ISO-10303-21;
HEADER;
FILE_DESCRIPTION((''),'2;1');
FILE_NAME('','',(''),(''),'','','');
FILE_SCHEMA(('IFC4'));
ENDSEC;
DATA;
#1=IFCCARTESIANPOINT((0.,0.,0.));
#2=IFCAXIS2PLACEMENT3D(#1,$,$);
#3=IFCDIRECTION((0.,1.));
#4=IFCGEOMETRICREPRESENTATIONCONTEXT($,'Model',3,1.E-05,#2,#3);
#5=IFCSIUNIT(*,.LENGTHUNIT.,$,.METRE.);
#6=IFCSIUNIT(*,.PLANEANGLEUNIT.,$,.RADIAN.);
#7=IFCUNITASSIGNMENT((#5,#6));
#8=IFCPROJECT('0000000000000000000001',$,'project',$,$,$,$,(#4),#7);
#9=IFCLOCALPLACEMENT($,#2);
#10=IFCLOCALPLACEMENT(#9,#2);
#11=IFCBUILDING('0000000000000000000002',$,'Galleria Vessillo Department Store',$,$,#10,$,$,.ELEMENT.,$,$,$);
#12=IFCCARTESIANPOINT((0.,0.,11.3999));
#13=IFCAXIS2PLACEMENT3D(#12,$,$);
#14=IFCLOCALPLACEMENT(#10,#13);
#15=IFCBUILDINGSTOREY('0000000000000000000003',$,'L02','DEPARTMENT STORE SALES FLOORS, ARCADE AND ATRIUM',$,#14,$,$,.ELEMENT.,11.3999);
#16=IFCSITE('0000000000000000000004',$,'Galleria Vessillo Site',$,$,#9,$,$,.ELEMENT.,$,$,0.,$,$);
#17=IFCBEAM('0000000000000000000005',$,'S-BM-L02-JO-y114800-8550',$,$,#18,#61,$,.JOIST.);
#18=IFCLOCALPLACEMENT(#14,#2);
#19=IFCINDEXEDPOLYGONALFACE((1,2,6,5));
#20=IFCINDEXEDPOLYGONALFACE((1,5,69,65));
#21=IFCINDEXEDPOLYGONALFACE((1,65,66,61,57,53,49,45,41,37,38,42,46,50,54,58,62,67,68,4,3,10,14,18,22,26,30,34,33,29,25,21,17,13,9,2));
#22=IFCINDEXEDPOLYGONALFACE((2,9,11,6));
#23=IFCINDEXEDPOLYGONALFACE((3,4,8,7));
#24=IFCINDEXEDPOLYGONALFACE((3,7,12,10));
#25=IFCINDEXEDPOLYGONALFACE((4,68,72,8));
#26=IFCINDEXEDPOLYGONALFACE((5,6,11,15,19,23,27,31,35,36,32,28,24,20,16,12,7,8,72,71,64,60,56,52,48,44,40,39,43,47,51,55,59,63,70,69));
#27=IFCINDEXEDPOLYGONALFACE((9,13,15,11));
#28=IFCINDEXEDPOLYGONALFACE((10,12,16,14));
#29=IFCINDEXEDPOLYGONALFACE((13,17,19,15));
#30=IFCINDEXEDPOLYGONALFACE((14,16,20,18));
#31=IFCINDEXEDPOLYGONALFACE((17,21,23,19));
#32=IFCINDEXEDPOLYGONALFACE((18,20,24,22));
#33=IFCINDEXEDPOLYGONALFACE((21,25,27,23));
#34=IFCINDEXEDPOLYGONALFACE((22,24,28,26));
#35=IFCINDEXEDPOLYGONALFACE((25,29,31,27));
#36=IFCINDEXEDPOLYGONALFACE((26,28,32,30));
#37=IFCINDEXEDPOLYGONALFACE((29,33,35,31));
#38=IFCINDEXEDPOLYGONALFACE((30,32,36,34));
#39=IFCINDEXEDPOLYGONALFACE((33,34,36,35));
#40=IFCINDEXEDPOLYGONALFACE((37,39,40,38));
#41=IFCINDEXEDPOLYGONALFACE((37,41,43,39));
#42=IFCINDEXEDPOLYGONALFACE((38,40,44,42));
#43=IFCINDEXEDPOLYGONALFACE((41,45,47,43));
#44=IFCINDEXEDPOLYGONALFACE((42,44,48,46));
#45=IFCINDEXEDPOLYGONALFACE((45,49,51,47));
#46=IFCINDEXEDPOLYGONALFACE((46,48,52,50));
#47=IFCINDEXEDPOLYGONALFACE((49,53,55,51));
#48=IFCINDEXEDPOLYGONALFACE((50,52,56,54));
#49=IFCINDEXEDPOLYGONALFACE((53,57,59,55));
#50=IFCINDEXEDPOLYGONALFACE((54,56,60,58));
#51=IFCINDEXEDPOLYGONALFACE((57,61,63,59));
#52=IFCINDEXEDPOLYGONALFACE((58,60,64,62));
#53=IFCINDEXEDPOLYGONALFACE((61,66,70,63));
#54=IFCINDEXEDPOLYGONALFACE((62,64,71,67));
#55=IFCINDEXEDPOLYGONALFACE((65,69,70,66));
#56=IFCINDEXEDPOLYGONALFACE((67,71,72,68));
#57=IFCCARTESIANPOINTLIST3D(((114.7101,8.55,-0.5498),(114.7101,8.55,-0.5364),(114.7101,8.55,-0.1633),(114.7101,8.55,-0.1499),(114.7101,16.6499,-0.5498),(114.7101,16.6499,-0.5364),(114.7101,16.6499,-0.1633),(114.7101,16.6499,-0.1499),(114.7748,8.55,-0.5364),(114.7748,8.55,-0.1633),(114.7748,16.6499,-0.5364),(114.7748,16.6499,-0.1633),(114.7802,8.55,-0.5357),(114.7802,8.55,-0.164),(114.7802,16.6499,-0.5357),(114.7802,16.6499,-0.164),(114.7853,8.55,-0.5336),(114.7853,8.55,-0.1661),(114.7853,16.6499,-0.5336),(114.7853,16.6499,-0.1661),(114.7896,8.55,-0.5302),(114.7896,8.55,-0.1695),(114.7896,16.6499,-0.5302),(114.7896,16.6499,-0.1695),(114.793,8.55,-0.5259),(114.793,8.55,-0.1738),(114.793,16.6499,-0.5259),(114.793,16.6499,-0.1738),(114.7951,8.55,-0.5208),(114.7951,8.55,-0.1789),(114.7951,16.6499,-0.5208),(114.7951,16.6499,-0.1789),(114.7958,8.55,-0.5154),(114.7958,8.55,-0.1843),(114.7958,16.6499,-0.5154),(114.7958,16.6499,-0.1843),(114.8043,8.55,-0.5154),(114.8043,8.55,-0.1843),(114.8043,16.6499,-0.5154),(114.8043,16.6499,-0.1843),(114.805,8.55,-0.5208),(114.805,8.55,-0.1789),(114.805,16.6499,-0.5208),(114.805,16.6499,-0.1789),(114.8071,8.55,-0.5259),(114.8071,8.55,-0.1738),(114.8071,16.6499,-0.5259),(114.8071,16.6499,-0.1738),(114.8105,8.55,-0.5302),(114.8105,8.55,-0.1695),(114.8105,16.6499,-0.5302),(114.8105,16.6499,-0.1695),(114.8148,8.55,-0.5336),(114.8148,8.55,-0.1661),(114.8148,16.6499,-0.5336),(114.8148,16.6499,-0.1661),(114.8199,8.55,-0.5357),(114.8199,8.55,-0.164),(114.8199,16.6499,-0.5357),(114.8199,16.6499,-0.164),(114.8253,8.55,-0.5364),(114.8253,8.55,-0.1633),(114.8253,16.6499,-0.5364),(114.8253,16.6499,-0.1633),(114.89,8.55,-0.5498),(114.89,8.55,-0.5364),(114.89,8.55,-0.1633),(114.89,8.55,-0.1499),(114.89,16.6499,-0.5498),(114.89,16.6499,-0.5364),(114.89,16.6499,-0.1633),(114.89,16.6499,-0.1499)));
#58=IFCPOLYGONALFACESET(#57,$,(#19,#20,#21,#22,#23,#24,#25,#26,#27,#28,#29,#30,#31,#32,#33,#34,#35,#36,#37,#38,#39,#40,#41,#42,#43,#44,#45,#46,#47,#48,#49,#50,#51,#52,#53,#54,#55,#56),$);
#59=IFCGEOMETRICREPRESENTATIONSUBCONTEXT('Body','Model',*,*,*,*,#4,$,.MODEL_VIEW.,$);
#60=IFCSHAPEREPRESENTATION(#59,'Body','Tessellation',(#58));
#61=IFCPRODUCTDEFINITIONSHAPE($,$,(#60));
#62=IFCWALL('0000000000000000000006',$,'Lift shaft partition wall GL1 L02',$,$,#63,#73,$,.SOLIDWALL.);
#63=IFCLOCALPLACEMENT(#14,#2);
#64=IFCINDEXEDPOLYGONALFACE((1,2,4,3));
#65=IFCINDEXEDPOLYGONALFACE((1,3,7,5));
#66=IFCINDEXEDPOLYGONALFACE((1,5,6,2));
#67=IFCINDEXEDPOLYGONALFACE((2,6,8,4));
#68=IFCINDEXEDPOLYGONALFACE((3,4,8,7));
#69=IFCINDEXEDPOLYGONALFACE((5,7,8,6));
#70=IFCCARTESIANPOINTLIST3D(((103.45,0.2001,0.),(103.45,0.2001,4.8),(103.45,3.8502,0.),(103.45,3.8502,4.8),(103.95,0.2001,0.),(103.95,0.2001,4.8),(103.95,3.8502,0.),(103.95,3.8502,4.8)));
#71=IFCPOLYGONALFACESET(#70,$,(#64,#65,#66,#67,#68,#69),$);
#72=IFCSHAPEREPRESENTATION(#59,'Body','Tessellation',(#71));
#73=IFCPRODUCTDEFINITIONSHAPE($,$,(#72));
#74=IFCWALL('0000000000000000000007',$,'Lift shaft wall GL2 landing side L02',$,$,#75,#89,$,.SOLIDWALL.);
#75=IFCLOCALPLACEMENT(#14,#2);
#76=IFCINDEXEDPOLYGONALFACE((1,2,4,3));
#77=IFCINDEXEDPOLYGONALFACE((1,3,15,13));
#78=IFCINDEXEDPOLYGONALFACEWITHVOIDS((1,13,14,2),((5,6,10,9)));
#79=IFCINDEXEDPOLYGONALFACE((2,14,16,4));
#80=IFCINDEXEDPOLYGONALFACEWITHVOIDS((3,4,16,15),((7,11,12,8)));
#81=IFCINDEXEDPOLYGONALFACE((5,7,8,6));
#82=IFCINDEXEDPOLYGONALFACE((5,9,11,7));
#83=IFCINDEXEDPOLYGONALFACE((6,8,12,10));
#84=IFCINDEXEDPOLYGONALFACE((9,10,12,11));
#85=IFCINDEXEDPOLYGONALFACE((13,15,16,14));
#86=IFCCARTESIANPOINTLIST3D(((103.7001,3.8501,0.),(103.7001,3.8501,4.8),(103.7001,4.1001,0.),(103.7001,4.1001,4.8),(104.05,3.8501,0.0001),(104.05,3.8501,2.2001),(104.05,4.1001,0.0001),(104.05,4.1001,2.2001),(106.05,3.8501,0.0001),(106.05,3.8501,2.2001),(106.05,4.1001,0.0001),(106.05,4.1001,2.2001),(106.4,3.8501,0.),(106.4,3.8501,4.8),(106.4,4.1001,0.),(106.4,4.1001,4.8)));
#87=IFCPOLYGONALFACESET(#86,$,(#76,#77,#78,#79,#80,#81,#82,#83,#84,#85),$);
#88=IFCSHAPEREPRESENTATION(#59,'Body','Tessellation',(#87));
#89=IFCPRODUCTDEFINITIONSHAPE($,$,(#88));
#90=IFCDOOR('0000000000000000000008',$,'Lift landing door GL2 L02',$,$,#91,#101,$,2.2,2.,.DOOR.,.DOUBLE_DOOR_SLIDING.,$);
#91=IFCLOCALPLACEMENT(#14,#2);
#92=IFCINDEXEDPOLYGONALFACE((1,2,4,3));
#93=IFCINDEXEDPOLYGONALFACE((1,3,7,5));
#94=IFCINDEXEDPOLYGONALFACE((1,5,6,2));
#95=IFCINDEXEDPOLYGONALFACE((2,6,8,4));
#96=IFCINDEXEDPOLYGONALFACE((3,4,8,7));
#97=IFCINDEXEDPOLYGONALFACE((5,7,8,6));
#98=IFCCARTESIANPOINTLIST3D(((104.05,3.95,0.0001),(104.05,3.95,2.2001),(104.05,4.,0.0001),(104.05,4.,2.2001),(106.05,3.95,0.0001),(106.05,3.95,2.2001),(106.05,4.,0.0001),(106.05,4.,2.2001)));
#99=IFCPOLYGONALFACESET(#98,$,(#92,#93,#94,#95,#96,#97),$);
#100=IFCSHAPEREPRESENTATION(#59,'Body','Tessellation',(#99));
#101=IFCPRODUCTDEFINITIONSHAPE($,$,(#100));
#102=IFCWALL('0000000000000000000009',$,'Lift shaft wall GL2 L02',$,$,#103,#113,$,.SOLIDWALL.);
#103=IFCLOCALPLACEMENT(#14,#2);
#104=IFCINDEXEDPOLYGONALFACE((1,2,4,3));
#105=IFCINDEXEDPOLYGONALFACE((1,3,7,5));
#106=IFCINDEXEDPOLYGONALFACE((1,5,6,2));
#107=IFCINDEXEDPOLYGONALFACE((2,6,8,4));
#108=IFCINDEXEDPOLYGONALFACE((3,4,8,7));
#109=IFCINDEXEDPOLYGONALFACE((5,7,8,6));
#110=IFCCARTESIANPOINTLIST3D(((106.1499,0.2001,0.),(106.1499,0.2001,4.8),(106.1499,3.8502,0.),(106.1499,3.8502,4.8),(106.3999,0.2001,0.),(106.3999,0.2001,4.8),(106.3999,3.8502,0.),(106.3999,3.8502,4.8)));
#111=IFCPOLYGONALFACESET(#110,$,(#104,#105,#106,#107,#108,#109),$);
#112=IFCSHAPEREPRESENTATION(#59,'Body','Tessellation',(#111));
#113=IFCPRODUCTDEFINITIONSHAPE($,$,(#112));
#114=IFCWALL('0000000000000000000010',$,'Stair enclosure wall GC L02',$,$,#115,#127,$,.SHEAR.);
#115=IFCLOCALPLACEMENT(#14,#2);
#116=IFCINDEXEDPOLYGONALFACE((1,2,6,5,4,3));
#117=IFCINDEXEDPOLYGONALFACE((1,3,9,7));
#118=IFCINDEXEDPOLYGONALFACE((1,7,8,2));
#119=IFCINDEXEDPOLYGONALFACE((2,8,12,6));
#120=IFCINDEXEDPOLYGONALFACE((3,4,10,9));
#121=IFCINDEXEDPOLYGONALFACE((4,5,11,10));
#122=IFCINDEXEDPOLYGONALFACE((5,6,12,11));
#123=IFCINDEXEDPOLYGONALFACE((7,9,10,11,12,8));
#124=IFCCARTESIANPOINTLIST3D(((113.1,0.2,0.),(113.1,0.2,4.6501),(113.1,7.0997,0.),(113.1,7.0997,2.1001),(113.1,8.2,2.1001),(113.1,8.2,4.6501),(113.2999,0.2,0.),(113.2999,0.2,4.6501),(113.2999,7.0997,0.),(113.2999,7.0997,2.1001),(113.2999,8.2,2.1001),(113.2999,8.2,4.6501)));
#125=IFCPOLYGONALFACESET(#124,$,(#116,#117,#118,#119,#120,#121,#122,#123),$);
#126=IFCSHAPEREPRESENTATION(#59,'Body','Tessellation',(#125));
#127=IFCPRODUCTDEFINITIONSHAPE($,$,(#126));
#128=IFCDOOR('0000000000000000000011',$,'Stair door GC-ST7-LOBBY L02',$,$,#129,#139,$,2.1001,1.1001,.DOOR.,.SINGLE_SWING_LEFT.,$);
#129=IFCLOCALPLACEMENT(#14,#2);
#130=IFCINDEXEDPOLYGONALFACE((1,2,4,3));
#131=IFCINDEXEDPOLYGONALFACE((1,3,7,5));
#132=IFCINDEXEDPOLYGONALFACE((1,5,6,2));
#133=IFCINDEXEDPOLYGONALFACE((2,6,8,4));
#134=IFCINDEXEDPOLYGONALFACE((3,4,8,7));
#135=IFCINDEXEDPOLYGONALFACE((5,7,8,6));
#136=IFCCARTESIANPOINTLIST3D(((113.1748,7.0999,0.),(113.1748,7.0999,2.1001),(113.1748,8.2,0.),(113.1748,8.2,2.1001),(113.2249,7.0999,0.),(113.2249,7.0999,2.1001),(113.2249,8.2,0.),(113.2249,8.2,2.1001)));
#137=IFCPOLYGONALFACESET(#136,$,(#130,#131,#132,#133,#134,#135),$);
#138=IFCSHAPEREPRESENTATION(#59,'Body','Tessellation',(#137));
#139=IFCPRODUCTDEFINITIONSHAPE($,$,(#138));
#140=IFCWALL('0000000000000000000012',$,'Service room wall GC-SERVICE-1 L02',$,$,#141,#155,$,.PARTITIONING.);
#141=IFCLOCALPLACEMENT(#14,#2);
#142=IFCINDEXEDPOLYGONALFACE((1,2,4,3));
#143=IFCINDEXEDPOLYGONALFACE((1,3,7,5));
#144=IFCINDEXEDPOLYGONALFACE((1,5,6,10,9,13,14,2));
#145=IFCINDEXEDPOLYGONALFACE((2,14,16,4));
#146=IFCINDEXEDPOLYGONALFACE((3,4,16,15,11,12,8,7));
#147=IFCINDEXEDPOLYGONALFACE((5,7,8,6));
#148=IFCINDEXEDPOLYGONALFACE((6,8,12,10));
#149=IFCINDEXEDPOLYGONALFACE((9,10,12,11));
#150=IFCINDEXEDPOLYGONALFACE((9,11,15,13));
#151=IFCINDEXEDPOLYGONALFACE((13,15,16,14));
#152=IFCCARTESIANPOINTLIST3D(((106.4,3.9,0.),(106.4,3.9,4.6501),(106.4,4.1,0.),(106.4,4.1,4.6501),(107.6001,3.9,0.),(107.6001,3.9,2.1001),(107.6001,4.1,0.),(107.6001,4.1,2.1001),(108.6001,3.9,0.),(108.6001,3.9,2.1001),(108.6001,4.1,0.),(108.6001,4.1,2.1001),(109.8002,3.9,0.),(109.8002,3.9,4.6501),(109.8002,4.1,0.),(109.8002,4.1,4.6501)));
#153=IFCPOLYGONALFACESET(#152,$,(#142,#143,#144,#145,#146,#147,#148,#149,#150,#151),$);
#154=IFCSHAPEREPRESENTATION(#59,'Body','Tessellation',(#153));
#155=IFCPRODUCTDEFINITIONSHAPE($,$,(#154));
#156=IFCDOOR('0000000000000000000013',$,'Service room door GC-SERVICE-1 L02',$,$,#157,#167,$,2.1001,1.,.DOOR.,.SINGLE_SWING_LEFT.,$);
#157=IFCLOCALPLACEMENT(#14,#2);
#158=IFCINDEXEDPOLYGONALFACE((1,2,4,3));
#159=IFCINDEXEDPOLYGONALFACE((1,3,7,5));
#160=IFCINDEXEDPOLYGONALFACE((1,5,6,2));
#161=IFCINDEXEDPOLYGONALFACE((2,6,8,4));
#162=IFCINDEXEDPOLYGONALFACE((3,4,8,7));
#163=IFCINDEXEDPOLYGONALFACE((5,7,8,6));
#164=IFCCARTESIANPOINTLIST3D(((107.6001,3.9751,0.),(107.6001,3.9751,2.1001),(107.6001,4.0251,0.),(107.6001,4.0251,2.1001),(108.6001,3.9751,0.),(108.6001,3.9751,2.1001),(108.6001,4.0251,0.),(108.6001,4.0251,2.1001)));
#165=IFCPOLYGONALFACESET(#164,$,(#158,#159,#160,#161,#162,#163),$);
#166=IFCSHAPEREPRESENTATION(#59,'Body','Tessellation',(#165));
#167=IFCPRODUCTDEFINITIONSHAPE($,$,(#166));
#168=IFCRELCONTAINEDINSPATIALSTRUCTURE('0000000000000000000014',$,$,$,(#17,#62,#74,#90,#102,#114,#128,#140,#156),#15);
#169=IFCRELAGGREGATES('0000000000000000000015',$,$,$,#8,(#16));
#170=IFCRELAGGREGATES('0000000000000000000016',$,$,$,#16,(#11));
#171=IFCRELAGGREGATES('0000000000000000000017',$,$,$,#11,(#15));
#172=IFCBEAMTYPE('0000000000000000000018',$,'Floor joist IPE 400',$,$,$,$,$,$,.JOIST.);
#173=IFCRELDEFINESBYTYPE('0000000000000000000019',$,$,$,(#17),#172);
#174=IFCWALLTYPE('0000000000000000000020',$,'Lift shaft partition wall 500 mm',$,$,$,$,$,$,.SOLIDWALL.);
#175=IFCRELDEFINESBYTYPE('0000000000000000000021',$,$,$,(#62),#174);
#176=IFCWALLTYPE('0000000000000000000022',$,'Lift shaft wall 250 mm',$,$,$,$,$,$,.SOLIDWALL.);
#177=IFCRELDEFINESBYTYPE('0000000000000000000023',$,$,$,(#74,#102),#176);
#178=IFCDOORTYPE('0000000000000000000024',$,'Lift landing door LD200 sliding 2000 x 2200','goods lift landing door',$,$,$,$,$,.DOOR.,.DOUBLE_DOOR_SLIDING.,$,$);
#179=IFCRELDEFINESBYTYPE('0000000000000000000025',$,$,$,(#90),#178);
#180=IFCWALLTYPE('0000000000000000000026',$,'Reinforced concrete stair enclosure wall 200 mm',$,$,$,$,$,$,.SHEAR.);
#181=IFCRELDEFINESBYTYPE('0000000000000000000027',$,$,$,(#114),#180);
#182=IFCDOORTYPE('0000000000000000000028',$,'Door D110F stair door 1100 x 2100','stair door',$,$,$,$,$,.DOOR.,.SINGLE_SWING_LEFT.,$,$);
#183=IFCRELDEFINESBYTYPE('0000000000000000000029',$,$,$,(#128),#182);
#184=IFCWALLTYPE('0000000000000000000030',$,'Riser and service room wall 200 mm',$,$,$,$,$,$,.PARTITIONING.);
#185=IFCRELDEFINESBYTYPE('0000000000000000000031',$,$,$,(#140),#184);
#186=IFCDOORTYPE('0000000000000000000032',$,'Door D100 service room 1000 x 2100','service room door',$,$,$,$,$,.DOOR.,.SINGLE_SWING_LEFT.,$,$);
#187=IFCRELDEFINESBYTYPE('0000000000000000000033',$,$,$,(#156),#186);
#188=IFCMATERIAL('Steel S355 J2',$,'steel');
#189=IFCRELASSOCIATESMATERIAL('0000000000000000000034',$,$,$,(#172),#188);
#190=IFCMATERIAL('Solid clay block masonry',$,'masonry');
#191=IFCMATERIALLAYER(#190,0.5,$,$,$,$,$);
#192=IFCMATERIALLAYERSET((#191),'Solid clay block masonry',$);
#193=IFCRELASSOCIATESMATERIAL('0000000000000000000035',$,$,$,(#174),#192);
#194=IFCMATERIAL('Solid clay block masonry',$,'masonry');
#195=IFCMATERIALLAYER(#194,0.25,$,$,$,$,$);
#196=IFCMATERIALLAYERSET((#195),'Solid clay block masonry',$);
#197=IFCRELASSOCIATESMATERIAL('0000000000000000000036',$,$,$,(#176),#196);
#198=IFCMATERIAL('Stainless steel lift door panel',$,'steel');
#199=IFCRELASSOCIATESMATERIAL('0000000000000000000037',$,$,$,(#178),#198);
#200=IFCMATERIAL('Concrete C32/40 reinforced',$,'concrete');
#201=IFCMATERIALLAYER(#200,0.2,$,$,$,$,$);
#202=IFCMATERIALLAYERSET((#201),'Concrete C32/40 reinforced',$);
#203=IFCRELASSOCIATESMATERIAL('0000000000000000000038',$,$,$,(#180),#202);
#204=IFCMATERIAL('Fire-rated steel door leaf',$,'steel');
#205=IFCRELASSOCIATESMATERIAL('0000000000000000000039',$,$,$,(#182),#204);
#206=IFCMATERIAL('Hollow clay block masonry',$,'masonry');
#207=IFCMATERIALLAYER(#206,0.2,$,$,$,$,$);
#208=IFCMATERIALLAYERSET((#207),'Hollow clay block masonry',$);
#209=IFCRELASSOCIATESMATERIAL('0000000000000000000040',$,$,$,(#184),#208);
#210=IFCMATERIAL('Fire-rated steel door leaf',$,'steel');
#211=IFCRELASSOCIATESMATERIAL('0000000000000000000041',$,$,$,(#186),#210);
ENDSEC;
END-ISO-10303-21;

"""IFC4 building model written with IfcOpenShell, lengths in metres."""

from ifc_helpers import new_model, si_unit, direction, frame, frame_2d, origin, origin_2d, place, context, subcontext, project, spatial, rectangle, i_section, extrude, material, layer, layer_set, material_profile, profile_set, type_object, element, fill, save


model = new_model("IFC4")

# Units and contexts
model_context = context("Model", 3, precision=1e-05, world=origin(), true_north=direction((0.0, 1.0)))
body_context = subcontext(model_context, "Body", "Model", "MODEL_VIEW")
ifc_project = project(units=[si_unit("LENGTHUNIT", "METRE"), si_unit("PLANEANGLEUNIT", "RADIAN")], contexts=[model_context])

# Site, building, storey
site_placement = place(None, origin())
site = spatial("IfcSite", under=ifc_project, at=site_placement, Name="Galleria Vessillo Site", CompositionType="ELEMENT", RefElevation=0.0)
building_placement = place(site_placement, origin())
building = spatial("IfcBuilding", under=site, at=building_placement, Name="Galleria Vessillo Department Store", CompositionType="ELEMENT")
storey_placement = place(building_placement, frame((0.0, 0.0, 11.3999)))
storey = spatial("IfcBuildingStorey", under=building, at=storey_placement, Name="L02", Description="DEPARTMENT STORE SALES FLOORS, ARCADE AND ATRIUM", CompositionType="ELEMENT", Elevation=11.3999)

# Beam
ifc_material_1 = material(Name="Steel S355 J2", Category="steel")
ifc_material_profile_1 = material_profile(ifc_material_1, i_section(OverallWidth=0.1799, OverallDepth=0.3999, WebThickness=0.0085, FlangeThickness=0.0134, FilletRadius=0.021, at=origin_2d()), Name="IPE 400")
ifc_profile_set_1 = profile_set([ifc_material_profile_1], Name="Steel S355 J2")
beam_type = type_object("IfcBeamType", Name="Floor joist IPE 400", PredefinedType="JOIST", material=ifc_profile_set_1)
beam_placement = place(storey_placement, frame((114.8, 8.55, -0.3499), z_axis=(0.0, 1.0, 0.0), x_axis=(-1.0, 0.0, 0.0)))
element("IfcBeam", 1, at=beam_placement, inside=storey, type_object=beam_type, Name="S-BM-L02-JO-y114800-8550", PredefinedType="JOIST", context=body_context, shape_type="SweptSolid", body=[
    extrude(i_section(OverallWidth=0.1799, OverallDepth=0.3999, WebThickness=0.0085, FlangeThickness=0.0134, FilletRadius=0.021, at=origin_2d()), origin(), (0.0, 0.0, 1.0), 8.0999),
])

# Wall
ifc_material_2 = material(Name="Solid clay block masonry", Category="masonry")
ifc_layer_1 = layer(ifc_material_2, 0.5)
ifc_layer_set_1 = layer_set([ifc_layer_1], Name="Solid clay block masonry")
wall_type_1 = type_object("IfcWallType", Name="Lift shaft partition wall 500 mm", PredefinedType="SOLIDWALL", material=ifc_layer_set_1)
wall_1_placement = place(storey_placement, frame((103.7, 0.2, 0.0), z_axis=(0.0, 0.0, 1.0), x_axis=(0.0, 1.0, 0.0)))
element("IfcWall", 2, at=wall_1_placement, inside=storey, type_object=wall_type_1, Name="Lift shaft partition wall GL1 L02", PredefinedType="SOLIDWALL", context=body_context, shape_type="SweptSolid", body=[
    extrude(rectangle(XDim=3.6501, YDim=0.5, at=frame_2d((1.8252, 0.0))), origin(), (0.0, 0.0, 1.0), 4.8),
])

# Wall, opening, door
ifc_material_3 = material(Name="Solid clay block masonry", Category="masonry")
ifc_layer_2 = layer(ifc_material_3, 0.25)
ifc_layer_set_2 = layer_set([ifc_layer_2], Name="Solid clay block masonry")
wall_type_2 = type_object("IfcWallType", Name="Lift shaft wall 250 mm", PredefinedType="SOLIDWALL", material=ifc_layer_set_2)
wall_2_placement = place(storey_placement, frame((103.7, 3.9751, 0.0), z_axis=(0.0, 0.0, 1.0), x_axis=(1.0, 0.0, 0.0)))
wall_2 = element("IfcWall", 3, at=wall_2_placement, inside=storey, type_object=wall_type_2, Name="Lift shaft wall GL2 landing side L02", PredefinedType="SOLIDWALL", context=body_context, shape_type="SweptSolid", body=[
    extrude(rectangle(XDim=2.7, YDim=0.25, at=frame_2d((1.3501, 0.0))), origin(), (0.0, 0.0, 1.0), 4.8),
])
opening_1_placement = place(wall_2_placement, frame((0.3501, 0.0, 0.0)))
opening_1 = element("IfcOpeningElement", 4, at=opening_1_placement, cuts=wall_2, PredefinedType="OPENING", context=body_context, shape_type="SweptSolid", body=[
    extrude(rectangle(XDim=2.0, YDim=2.2, at=frame_2d((1.0, 1.1001))), frame((0.0, 0.135, 0.0), z_axis=(0.0, -1.0, 0.0), x_axis=(1.0, 0.0, 0.0)), (0.0, 0.0, 1.0), 0.27),
])
ifc_material_4 = material(Name="Stainless steel lift door panel", Category="steel")
door_type_1 = type_object("IfcDoorType", Name="Lift landing door LD200 sliding 2000 x 2200", Description="goods lift landing door", OperationType="DOUBLE_DOOR_SLIDING", PredefinedType="DOOR", material=ifc_material_4)
door_1_placement = place(opening_1_placement, origin())
door_1 = element("IfcDoor", 5, at=door_1_placement, inside=storey, type_object=door_type_1, Name="Lift landing door GL2 L02", OperationType="DOUBLE_DOOR_SLIDING", OverallHeight=2.2, OverallWidth=2.0, PredefinedType="DOOR", context=body_context, shape_type="SweptSolid", body=[
    extrude(rectangle(XDim=2.0, YDim=2.2, at=frame_2d((1.0, 1.1001))), frame((0.0, 0.0249, 0.0), z_axis=(0.0, -1.0, 0.0), x_axis=(1.0, 0.0, 0.0)), (0.0, 0.0, 1.0), 0.05),
])
fill(opening_1, door_1)

# Wall
wall_3_placement = place(storey_placement, frame((106.2749, 0.2, 0.0), z_axis=(0.0, 0.0, 1.0), x_axis=(0.0, 1.0, 0.0)))
element("IfcWall", 6, at=wall_3_placement, inside=storey, type_object=wall_type_2, Name="Lift shaft wall GL2 L02", PredefinedType="SOLIDWALL", context=body_context, shape_type="SweptSolid", body=[
    extrude(rectangle(XDim=3.6501, YDim=0.25, at=frame_2d((1.8252, 0.0))), origin(), (0.0, 0.0, 1.0), 4.8),
])

# Walls, openings, doors
ifc_material_5 = material(Name="Concrete C32/40 reinforced", Category="concrete")
ifc_layer_3 = layer(ifc_material_5, 0.2)
ifc_layer_set_3 = layer_set([ifc_layer_3], Name="Concrete C32/40 reinforced")
wall_type_3 = type_object("IfcWallType", Name="Reinforced concrete stair enclosure wall 200 mm", PredefinedType="SHEAR", material=ifc_layer_set_3)
wall_4_placement = place(storey_placement, frame((113.2, 0.2, 0.0), z_axis=(0.0, 0.0, 1.0), x_axis=(0.0, 1.0, 0.0)))
wall_4 = element("IfcWall", 7, at=wall_4_placement, inside=storey, type_object=wall_type_3, Name="Stair enclosure wall GC L02", PredefinedType="SHEAR", context=body_context, shape_type="SweptSolid", body=[
    extrude(rectangle(XDim=8.0, YDim=0.2, at=frame_2d((4.0, 0.0))), origin(), (0.0, 0.0, 1.0), 4.6501),
])
opening_2_placement = place(wall_4_placement, frame((6.8999, 0.0, 0.0)))
opening_2 = element("IfcOpeningElement", 8, at=opening_2_placement, cuts=wall_4, PredefinedType="OPENING", context=body_context, shape_type="SweptSolid", body=[
    extrude(rectangle(XDim=1.1101, YDim=2.1001, at=frame_2d((0.5549, 1.05))), frame((0.0, 0.1099, 0.0), z_axis=(0.0, -1.0, 0.0), x_axis=(1.0, 0.0, 0.0)), (0.0, 0.0, 1.0), 0.22),
])
ifc_material_6 = material(Name="Fire-rated steel door leaf", Category="steel")
door_type_2 = type_object("IfcDoorType", Name="Door D110F stair door 1100 x 2100", Description="stair door", OperationType="SINGLE_SWING_LEFT", PredefinedType="DOOR", material=ifc_material_6)
door_2_placement = place(opening_2_placement, frame((1.1001, 0.0, 0.0), z_axis=(0.0, 0.0, 1.0), x_axis=(-1.0, 0.0, 0.0)))
door_2 = element("IfcDoor", 9, at=door_2_placement, inside=storey, type_object=door_type_2, Name="Stair door GC-ST7-LOBBY L02", OperationType="SINGLE_SWING_LEFT", OverallHeight=2.1001, OverallWidth=1.1001, PredefinedType="DOOR", context=body_context, shape_type="SweptSolid", body=[
    extrude(rectangle(XDim=1.1001, YDim=2.1001, at=frame_2d((0.55, 1.05))), frame((0.0, 0.0249, 0.0), z_axis=(0.0, -1.0, 0.0), x_axis=(1.0, 0.0, 0.0)), (0.0, 0.0, 1.0), 0.05),
])
fill(opening_2, door_2)
ifc_material_7 = material(Name="Hollow clay block masonry", Category="masonry")
ifc_layer_4 = layer(ifc_material_7, 0.2)
ifc_layer_set_4 = layer_set([ifc_layer_4], Name="Hollow clay block masonry")
wall_type_4 = type_object("IfcWallType", Name="Riser and service room wall 200 mm", PredefinedType="PARTITIONING", material=ifc_layer_set_4)
wall_5_placement = place(storey_placement, frame((106.3999, 4.0, 0.0), z_axis=(0.0, 0.0, 1.0), x_axis=(1.0, 0.0, 0.0)))
wall_5 = element("IfcWall", 10, at=wall_5_placement, inside=storey, type_object=wall_type_4, Name="Service room wall GC-SERVICE-1 L02", PredefinedType="PARTITIONING", context=body_context, shape_type="SweptSolid", body=[
    extrude(rectangle(XDim=3.4001, YDim=0.2, at=frame_2d((1.7002, 0.0))), origin(), (0.0, 0.0, 1.0), 4.6501),
])
opening_3_placement = place(wall_5_placement, frame((1.2002, 0.0, 0.0)))
opening_3 = element("IfcOpeningElement", 11, at=opening_3_placement, cuts=wall_5, PredefinedType="OPENING", context=body_context, shape_type="SweptSolid", body=[
    extrude(rectangle(XDim=1.0, YDim=2.1001, at=frame_2d((0.5, 1.05))), frame((0.0, 0.1099, 0.0), z_axis=(0.0, -1.0, 0.0), x_axis=(1.0, 0.0, 0.0)), (0.0, 0.0, 1.0), 0.22),
])
ifc_material_8 = material(Name="Fire-rated steel door leaf", Category="steel")
door_type_3 = type_object("IfcDoorType", Name="Door D100 service room 1000 x 2100", Description="service room door", OperationType="SINGLE_SWING_LEFT", PredefinedType="DOOR", material=ifc_material_8)
door_3_placement = place(opening_3_placement, frame((1.0, 0.0, 0.0), z_axis=(0.0, 0.0, 1.0), x_axis=(-1.0, 0.0, 0.0)))
door_3 = element("IfcDoor", 12, at=door_3_placement, inside=storey, type_object=door_type_3, Name="Service room door GC-SERVICE-1 L02", OperationType="SINGLE_SWING_LEFT", OverallHeight=2.1001, OverallWidth=1.0, PredefinedType="DOOR", context=body_context, shape_type="SweptSolid", body=[
    extrude(rectangle(XDim=1.0, YDim=2.1001, at=frame_2d((0.5, 1.05))), frame((0.0, 0.0249, 0.0), z_axis=(0.0, -1.0, 0.0), x_axis=(1.0, 0.0, 0.0)), (0.0, 0.0, 1.0), 0.05),
])
fill(opening_3, door_3)

save(model, "model.ifc")
